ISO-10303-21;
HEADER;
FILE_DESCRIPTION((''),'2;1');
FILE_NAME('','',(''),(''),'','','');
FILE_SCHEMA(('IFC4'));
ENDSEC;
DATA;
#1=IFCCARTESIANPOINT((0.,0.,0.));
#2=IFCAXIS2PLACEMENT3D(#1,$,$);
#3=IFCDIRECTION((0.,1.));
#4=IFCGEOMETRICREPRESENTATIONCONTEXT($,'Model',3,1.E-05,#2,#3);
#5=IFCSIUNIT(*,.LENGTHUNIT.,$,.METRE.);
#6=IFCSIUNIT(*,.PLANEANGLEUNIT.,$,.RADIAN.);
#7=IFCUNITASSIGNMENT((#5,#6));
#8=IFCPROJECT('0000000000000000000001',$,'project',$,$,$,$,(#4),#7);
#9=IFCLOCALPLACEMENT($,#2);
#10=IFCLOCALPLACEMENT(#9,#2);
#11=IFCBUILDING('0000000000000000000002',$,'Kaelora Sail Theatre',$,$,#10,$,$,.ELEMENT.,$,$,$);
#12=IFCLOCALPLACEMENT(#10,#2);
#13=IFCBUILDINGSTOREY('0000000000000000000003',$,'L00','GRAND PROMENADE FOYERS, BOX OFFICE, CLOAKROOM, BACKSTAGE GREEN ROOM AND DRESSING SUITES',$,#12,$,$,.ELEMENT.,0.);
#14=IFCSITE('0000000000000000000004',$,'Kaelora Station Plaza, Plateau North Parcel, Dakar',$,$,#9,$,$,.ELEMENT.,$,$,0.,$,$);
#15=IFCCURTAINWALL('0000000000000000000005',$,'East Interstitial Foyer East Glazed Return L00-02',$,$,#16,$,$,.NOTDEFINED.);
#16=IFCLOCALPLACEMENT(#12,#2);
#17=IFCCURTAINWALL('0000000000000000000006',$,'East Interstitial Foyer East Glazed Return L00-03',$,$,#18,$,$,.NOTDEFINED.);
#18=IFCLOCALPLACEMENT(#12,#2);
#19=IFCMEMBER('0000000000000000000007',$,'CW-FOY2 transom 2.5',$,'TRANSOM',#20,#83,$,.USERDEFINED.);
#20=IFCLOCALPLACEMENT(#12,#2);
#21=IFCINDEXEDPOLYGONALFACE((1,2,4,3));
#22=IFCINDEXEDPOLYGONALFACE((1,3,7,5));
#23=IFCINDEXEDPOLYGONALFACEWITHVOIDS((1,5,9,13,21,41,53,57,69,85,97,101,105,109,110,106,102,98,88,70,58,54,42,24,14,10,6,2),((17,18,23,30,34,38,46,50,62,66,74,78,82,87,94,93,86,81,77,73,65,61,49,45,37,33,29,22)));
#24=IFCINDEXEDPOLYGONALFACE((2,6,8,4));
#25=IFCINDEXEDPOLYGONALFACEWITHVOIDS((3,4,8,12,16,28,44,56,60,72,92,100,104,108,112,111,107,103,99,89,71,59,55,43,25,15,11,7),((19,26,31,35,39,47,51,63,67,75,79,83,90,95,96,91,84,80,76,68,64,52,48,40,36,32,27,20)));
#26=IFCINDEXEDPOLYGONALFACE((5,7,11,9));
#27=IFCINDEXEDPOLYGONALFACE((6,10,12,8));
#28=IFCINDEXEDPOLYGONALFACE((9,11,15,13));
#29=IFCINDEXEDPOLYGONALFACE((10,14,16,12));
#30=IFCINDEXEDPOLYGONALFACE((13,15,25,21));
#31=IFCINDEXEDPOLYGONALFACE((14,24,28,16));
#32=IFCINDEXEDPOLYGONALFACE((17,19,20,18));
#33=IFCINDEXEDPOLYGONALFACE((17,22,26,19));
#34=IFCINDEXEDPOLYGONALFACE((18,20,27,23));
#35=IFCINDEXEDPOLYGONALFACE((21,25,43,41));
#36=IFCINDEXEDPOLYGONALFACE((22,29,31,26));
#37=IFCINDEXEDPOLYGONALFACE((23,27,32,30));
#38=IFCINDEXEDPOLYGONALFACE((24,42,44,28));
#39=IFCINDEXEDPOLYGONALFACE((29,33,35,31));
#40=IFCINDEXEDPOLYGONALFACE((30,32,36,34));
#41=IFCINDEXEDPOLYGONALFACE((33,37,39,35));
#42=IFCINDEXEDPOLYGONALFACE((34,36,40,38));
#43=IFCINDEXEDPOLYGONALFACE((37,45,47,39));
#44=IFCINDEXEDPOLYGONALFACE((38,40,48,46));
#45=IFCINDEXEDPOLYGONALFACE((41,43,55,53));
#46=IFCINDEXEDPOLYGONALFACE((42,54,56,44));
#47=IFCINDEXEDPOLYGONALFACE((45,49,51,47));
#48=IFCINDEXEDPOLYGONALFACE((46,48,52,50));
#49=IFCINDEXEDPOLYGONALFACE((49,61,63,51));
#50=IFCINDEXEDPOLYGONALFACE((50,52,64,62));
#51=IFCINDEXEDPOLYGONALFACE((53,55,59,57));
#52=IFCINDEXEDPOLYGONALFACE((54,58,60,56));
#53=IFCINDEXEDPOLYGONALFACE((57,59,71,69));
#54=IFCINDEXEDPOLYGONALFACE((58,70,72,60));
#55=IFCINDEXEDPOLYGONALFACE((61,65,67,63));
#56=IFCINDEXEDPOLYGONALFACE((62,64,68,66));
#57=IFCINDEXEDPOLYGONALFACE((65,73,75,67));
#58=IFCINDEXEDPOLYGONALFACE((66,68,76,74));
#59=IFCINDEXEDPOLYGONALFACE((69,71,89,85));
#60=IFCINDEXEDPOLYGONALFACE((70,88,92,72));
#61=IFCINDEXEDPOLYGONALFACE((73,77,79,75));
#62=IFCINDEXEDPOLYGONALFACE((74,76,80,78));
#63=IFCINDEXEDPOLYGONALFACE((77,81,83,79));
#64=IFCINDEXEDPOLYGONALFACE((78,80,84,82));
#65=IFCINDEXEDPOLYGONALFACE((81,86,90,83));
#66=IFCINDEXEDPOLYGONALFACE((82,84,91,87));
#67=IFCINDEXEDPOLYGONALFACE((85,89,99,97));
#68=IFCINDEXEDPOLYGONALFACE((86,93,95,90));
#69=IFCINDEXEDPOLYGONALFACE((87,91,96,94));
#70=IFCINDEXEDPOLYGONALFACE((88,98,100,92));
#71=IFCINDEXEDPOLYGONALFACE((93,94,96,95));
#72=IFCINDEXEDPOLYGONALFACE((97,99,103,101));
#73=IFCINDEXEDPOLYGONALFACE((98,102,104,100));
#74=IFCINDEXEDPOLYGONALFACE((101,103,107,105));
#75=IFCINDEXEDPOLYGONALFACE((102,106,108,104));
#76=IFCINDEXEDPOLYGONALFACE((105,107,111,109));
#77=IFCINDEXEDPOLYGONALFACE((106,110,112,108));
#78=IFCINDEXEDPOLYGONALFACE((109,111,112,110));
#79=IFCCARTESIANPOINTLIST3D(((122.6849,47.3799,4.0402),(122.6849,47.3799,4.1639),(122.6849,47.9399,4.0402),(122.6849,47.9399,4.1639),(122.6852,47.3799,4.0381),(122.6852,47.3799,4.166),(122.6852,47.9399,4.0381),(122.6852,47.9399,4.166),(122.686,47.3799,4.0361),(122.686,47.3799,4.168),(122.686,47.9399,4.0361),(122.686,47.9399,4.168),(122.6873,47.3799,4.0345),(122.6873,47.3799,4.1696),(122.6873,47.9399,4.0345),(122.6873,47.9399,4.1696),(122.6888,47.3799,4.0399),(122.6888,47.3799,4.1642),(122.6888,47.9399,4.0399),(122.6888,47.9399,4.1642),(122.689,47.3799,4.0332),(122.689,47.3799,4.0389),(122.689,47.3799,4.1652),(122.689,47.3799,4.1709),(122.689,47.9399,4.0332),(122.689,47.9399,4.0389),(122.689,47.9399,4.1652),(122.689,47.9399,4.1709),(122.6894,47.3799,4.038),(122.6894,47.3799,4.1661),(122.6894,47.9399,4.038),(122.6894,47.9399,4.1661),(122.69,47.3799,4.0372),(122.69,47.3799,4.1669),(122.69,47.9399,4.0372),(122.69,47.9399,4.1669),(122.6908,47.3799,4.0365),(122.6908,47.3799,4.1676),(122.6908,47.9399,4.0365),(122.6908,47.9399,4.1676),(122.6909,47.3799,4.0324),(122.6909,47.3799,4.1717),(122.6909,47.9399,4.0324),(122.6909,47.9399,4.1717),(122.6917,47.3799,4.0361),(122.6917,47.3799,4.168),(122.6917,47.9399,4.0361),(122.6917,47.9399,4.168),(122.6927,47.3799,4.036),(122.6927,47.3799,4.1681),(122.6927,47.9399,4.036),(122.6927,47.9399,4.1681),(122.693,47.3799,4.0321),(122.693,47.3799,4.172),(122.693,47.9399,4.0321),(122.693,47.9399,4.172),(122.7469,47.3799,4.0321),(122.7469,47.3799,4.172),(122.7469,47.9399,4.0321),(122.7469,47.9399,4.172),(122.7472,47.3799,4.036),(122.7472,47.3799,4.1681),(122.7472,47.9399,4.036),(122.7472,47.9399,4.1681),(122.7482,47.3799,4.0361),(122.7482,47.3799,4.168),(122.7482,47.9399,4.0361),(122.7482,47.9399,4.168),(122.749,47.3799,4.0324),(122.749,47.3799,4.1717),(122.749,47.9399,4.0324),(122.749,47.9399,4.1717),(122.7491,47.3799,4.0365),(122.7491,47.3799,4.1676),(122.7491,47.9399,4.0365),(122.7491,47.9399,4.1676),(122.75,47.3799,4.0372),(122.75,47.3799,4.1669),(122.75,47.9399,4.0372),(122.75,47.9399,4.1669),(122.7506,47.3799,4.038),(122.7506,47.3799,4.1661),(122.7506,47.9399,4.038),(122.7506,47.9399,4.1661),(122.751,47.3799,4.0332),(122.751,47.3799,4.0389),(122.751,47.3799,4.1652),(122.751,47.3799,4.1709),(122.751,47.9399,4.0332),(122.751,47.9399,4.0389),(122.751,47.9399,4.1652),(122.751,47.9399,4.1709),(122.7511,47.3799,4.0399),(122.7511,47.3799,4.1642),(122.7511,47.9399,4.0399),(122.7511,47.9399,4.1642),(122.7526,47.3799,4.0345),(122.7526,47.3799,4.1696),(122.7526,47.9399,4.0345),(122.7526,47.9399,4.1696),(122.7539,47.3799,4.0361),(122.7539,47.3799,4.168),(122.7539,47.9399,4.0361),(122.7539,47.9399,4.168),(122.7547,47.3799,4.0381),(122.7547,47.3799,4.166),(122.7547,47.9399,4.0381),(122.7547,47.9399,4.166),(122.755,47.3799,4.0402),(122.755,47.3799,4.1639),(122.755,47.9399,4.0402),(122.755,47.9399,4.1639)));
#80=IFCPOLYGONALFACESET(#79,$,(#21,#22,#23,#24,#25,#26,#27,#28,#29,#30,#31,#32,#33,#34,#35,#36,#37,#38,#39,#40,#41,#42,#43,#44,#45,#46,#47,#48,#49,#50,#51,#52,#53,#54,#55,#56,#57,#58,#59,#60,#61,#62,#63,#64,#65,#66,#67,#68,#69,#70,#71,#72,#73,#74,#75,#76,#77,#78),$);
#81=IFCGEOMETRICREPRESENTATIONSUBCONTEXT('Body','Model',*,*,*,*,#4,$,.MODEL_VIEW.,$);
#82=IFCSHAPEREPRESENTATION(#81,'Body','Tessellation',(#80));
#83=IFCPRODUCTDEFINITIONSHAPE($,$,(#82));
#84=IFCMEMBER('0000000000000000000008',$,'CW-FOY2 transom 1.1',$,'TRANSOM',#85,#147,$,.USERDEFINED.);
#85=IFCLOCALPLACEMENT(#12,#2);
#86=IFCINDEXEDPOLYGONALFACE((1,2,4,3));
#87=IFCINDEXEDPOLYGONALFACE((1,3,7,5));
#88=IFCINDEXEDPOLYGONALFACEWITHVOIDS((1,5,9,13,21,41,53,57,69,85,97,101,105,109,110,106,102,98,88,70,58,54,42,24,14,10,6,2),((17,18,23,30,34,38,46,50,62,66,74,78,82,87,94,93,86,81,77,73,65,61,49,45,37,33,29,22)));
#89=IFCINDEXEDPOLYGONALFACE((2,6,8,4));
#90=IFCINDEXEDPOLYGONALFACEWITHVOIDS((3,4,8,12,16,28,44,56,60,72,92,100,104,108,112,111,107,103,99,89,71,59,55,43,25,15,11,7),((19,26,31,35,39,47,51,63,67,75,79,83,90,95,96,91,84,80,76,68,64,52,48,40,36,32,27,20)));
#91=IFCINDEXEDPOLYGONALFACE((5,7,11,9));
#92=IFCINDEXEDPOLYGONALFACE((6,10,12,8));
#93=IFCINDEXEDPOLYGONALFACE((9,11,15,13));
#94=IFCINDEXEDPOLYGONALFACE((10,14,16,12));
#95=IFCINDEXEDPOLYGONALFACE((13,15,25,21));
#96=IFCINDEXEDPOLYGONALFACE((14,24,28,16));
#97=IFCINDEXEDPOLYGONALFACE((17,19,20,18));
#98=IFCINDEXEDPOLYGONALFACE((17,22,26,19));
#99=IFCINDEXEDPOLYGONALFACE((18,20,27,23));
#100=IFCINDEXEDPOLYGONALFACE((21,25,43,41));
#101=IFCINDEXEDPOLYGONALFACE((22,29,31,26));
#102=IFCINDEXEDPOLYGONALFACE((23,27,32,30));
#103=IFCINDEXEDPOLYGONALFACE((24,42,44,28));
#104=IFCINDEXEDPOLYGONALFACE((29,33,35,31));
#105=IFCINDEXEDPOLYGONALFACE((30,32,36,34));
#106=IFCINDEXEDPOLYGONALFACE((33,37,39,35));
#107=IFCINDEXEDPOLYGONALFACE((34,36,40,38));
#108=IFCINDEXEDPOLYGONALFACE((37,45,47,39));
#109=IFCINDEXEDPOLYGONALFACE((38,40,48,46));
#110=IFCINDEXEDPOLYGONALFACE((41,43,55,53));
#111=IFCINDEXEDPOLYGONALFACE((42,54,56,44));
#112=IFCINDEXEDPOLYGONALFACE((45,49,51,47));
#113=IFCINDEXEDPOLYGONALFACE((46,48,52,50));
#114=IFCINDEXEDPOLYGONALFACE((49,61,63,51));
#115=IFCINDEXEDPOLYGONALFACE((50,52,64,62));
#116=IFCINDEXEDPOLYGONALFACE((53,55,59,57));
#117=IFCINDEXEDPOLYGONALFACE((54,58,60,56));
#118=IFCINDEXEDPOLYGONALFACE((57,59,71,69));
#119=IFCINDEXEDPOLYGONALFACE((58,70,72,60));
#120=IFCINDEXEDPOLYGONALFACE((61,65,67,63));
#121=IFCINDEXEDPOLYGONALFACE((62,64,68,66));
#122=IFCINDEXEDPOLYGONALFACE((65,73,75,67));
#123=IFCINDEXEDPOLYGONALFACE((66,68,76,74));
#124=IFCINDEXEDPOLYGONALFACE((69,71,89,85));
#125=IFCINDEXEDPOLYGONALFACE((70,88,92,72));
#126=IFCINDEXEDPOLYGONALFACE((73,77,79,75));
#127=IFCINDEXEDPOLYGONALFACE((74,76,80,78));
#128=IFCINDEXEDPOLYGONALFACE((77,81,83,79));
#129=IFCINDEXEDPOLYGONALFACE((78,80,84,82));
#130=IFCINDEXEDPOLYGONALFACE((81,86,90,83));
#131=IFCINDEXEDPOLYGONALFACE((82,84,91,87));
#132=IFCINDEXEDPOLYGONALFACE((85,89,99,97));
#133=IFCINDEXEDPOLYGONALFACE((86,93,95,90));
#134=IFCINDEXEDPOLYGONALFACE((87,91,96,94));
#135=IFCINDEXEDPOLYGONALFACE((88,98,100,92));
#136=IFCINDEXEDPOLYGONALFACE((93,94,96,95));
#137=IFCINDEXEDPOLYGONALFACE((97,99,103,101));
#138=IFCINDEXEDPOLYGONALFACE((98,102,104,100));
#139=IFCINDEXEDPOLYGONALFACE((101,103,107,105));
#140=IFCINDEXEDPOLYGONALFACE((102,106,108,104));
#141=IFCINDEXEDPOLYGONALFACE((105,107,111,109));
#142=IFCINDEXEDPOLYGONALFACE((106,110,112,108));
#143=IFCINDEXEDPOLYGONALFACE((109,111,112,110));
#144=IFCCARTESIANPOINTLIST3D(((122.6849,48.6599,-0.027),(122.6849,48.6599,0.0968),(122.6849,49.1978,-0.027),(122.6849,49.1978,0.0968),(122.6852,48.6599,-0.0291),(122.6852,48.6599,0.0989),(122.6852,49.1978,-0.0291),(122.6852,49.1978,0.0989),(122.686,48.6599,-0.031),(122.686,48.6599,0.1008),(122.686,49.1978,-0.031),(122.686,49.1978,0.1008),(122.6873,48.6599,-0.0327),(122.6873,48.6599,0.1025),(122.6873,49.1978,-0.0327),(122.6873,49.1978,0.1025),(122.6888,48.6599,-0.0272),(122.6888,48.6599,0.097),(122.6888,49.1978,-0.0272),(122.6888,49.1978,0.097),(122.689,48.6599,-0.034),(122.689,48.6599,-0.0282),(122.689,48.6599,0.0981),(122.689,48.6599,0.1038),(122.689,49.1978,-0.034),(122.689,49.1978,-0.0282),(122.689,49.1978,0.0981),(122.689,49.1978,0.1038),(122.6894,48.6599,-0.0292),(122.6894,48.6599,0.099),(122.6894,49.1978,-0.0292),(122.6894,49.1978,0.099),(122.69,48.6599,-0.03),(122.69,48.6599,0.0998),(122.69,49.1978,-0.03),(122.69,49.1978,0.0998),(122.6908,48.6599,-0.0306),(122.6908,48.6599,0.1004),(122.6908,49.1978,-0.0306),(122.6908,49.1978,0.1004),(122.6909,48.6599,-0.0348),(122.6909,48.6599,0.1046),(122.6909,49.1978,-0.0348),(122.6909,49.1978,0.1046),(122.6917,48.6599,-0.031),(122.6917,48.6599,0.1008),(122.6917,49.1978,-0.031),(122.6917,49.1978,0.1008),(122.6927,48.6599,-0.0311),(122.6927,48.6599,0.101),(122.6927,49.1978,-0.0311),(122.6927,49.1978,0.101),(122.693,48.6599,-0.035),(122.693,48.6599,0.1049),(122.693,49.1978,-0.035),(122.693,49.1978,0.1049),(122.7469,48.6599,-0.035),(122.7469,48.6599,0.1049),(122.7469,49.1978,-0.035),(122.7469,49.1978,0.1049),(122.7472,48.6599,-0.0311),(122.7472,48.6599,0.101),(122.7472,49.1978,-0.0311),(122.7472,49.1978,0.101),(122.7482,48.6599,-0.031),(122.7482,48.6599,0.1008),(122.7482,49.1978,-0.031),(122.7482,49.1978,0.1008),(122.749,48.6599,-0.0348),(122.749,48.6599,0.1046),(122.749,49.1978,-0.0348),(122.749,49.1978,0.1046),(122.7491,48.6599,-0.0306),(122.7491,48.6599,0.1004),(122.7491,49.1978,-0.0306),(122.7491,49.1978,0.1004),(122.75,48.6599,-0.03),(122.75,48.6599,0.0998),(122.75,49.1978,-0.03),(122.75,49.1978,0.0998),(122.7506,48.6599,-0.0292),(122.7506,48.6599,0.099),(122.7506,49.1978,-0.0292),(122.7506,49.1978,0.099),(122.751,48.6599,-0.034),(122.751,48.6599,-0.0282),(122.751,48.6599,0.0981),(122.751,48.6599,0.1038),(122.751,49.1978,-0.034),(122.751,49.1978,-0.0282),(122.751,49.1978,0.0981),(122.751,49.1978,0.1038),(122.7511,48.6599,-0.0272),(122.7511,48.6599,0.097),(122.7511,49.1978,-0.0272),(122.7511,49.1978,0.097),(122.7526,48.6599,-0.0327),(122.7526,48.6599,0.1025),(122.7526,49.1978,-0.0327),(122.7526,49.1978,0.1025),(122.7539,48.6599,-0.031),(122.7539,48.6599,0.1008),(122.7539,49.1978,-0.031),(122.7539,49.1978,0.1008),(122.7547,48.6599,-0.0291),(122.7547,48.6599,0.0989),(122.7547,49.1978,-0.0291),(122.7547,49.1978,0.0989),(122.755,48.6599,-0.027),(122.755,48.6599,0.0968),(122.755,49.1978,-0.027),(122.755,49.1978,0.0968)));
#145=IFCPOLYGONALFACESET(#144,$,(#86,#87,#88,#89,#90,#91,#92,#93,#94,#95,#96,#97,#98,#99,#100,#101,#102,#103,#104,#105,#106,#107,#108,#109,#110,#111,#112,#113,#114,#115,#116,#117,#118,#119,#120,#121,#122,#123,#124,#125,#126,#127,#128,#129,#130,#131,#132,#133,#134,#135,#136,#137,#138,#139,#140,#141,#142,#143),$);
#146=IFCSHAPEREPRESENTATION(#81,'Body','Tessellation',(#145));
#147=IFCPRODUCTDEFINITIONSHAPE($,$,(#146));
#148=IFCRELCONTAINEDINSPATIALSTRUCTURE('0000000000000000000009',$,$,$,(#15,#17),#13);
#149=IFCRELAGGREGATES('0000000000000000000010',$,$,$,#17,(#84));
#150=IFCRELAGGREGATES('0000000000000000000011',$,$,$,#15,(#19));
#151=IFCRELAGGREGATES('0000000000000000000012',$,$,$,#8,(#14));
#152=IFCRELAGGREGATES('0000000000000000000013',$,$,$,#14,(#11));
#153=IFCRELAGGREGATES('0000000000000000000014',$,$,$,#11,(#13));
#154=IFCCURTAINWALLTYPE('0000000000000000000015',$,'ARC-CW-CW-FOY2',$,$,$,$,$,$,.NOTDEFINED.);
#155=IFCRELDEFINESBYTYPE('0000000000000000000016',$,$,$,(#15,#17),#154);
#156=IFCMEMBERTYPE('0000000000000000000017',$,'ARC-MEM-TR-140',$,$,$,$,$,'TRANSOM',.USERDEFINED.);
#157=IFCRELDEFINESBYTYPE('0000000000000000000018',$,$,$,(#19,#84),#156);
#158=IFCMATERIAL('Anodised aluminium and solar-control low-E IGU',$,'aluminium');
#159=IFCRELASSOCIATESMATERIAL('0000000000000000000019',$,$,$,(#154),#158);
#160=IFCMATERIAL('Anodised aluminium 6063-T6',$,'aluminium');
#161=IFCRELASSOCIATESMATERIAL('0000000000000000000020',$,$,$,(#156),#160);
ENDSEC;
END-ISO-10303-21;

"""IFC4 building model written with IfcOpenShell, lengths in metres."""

from ifc_helpers import new_model, si_unit, direction, frame, origin, origin_2d, place, context, subcontext, project, spatial, hollow_rectangle, extrude, material, material_profile, profile_set, type_object, element, aggregate, save


model = new_model("IFC4")

# Units and contexts
model_context = context("Model", 3, precision=1e-05, world=origin(), true_north=direction((0.0, 1.0)))
body_context = subcontext(model_context, "Body", "Model", "MODEL_VIEW")
ifc_project = project(units=[si_unit("LENGTHUNIT", "METRE"), si_unit("PLANEANGLEUNIT", "RADIAN")], contexts=[model_context])

# Site, building, storey
site_placement = place(None, origin())
site = spatial("IfcSite", under=ifc_project, at=site_placement, Name="Kaelora Station Plaza, Plateau North Parcel, Dakar", CompositionType="ELEMENT", RefElevation=0.0)
building_placement = place(site_placement, origin())
building = spatial("IfcBuilding", under=site, at=building_placement, Name="Kaelora Sail Theatre", CompositionType="ELEMENT")
storey_placement = place(building_placement, origin())
storey = spatial("IfcBuildingStorey", under=building, at=storey_placement, Name="L00", Description="GRAND PROMENADE FOYERS, BOX OFFICE, CLOAKROOM, BACKSTAGE GREEN ROOM AND DRESSING SUITES", CompositionType="ELEMENT", Elevation=0.0)

# Curtain wall
ifc_material_1 = material(Name="Anodised aluminium and solar-control low-E IGU", Category="aluminium")
curtain_wall_type = type_object("IfcCurtainWallType", Name="ARC-CW-CW-FOY2", PredefinedType="NOTDEFINED", material=ifc_material_1)
curtain_wall_1_placement = place(storey_placement, origin())
curtain_wall_1 = element("IfcCurtainWall", 1, at=curtain_wall_1_placement, inside=storey, type_object=curtain_wall_type, Name="East Interstitial Foyer East Glazed Return L00-02", PredefinedType="NOTDEFINED")

# Curtain wall
curtain_wall_2_placement = place(storey_placement, origin())
curtain_wall_2 = element("IfcCurtainWall", 2, at=curtain_wall_2_placement, inside=storey, type_object=curtain_wall_type, Name="East Interstitial Foyer East Glazed Return L00-03", PredefinedType="NOTDEFINED")

# Members
ifc_material_2 = material(Name="Anodised aluminium 6063-T6", Category="aluminium")
ifc_material_profile_1 = material_profile(ifc_material_2, hollow_rectangle(XDim=0.0701, YDim=0.1399, WallThickness=0.0039, InnerFilletRadius=0.0039, OuterFilletRadius=0.0081, at=origin_2d()), Name="ALU-TRAN 70x140x4")
ifc_profile_set_1 = profile_set([ifc_material_profile_1], Name="Anodised aluminium 6063-T6")
member_type_1 = type_object("IfcMemberType", Name="ARC-MEM-TR-140", ElementType="TRANSOM", PredefinedType="USERDEFINED", material=ifc_profile_set_1)
member_1_placement = place(storey_placement, frame((122.72, 47.3799, 4.1021), z_axis=(0.0, 1.0, 0.0), x_axis=(-1.0, 0.0, 0.0)))
member_1 = element("IfcMember", 3, at=member_1_placement, type_object=member_type_1, Name="CW-FOY2 transom 2.5", ObjectType="TRANSOM", PredefinedType="USERDEFINED", context=body_context, shape_type="SweptSolid", body=[
    extrude(hollow_rectangle(XDim=0.0701, YDim=0.1399, WallThickness=0.0039, InnerFilletRadius=0.0039, OuterFilletRadius=0.0081, at=origin_2d()), origin(), (0.0, 0.0, 1.0), 0.5601),
])
member_2_placement = place(storey_placement, frame((122.72, 48.6599, 0.0349), z_axis=(0.0, 1.0, 0.0), x_axis=(-1.0, 0.0, 0.0)))
member_2 = element("IfcMember", 4, at=member_2_placement, type_object=member_type_1, Name="CW-FOY2 transom 1.1", ObjectType="TRANSOM", PredefinedType="USERDEFINED", context=body_context, shape_type="SweptSolid", body=[
    extrude(hollow_rectangle(XDim=0.0701, YDim=0.1399, WallThickness=0.0039, InnerFilletRadius=0.0039, OuterFilletRadius=0.0081, at=origin_2d()), origin(), (0.0, 0.0, 1.0), 0.5378),
])
aggregate(curtain_wall_2, [member_2])

aggregate(curtain_wall_1, [member_1])

save(model, "model.ifc")
